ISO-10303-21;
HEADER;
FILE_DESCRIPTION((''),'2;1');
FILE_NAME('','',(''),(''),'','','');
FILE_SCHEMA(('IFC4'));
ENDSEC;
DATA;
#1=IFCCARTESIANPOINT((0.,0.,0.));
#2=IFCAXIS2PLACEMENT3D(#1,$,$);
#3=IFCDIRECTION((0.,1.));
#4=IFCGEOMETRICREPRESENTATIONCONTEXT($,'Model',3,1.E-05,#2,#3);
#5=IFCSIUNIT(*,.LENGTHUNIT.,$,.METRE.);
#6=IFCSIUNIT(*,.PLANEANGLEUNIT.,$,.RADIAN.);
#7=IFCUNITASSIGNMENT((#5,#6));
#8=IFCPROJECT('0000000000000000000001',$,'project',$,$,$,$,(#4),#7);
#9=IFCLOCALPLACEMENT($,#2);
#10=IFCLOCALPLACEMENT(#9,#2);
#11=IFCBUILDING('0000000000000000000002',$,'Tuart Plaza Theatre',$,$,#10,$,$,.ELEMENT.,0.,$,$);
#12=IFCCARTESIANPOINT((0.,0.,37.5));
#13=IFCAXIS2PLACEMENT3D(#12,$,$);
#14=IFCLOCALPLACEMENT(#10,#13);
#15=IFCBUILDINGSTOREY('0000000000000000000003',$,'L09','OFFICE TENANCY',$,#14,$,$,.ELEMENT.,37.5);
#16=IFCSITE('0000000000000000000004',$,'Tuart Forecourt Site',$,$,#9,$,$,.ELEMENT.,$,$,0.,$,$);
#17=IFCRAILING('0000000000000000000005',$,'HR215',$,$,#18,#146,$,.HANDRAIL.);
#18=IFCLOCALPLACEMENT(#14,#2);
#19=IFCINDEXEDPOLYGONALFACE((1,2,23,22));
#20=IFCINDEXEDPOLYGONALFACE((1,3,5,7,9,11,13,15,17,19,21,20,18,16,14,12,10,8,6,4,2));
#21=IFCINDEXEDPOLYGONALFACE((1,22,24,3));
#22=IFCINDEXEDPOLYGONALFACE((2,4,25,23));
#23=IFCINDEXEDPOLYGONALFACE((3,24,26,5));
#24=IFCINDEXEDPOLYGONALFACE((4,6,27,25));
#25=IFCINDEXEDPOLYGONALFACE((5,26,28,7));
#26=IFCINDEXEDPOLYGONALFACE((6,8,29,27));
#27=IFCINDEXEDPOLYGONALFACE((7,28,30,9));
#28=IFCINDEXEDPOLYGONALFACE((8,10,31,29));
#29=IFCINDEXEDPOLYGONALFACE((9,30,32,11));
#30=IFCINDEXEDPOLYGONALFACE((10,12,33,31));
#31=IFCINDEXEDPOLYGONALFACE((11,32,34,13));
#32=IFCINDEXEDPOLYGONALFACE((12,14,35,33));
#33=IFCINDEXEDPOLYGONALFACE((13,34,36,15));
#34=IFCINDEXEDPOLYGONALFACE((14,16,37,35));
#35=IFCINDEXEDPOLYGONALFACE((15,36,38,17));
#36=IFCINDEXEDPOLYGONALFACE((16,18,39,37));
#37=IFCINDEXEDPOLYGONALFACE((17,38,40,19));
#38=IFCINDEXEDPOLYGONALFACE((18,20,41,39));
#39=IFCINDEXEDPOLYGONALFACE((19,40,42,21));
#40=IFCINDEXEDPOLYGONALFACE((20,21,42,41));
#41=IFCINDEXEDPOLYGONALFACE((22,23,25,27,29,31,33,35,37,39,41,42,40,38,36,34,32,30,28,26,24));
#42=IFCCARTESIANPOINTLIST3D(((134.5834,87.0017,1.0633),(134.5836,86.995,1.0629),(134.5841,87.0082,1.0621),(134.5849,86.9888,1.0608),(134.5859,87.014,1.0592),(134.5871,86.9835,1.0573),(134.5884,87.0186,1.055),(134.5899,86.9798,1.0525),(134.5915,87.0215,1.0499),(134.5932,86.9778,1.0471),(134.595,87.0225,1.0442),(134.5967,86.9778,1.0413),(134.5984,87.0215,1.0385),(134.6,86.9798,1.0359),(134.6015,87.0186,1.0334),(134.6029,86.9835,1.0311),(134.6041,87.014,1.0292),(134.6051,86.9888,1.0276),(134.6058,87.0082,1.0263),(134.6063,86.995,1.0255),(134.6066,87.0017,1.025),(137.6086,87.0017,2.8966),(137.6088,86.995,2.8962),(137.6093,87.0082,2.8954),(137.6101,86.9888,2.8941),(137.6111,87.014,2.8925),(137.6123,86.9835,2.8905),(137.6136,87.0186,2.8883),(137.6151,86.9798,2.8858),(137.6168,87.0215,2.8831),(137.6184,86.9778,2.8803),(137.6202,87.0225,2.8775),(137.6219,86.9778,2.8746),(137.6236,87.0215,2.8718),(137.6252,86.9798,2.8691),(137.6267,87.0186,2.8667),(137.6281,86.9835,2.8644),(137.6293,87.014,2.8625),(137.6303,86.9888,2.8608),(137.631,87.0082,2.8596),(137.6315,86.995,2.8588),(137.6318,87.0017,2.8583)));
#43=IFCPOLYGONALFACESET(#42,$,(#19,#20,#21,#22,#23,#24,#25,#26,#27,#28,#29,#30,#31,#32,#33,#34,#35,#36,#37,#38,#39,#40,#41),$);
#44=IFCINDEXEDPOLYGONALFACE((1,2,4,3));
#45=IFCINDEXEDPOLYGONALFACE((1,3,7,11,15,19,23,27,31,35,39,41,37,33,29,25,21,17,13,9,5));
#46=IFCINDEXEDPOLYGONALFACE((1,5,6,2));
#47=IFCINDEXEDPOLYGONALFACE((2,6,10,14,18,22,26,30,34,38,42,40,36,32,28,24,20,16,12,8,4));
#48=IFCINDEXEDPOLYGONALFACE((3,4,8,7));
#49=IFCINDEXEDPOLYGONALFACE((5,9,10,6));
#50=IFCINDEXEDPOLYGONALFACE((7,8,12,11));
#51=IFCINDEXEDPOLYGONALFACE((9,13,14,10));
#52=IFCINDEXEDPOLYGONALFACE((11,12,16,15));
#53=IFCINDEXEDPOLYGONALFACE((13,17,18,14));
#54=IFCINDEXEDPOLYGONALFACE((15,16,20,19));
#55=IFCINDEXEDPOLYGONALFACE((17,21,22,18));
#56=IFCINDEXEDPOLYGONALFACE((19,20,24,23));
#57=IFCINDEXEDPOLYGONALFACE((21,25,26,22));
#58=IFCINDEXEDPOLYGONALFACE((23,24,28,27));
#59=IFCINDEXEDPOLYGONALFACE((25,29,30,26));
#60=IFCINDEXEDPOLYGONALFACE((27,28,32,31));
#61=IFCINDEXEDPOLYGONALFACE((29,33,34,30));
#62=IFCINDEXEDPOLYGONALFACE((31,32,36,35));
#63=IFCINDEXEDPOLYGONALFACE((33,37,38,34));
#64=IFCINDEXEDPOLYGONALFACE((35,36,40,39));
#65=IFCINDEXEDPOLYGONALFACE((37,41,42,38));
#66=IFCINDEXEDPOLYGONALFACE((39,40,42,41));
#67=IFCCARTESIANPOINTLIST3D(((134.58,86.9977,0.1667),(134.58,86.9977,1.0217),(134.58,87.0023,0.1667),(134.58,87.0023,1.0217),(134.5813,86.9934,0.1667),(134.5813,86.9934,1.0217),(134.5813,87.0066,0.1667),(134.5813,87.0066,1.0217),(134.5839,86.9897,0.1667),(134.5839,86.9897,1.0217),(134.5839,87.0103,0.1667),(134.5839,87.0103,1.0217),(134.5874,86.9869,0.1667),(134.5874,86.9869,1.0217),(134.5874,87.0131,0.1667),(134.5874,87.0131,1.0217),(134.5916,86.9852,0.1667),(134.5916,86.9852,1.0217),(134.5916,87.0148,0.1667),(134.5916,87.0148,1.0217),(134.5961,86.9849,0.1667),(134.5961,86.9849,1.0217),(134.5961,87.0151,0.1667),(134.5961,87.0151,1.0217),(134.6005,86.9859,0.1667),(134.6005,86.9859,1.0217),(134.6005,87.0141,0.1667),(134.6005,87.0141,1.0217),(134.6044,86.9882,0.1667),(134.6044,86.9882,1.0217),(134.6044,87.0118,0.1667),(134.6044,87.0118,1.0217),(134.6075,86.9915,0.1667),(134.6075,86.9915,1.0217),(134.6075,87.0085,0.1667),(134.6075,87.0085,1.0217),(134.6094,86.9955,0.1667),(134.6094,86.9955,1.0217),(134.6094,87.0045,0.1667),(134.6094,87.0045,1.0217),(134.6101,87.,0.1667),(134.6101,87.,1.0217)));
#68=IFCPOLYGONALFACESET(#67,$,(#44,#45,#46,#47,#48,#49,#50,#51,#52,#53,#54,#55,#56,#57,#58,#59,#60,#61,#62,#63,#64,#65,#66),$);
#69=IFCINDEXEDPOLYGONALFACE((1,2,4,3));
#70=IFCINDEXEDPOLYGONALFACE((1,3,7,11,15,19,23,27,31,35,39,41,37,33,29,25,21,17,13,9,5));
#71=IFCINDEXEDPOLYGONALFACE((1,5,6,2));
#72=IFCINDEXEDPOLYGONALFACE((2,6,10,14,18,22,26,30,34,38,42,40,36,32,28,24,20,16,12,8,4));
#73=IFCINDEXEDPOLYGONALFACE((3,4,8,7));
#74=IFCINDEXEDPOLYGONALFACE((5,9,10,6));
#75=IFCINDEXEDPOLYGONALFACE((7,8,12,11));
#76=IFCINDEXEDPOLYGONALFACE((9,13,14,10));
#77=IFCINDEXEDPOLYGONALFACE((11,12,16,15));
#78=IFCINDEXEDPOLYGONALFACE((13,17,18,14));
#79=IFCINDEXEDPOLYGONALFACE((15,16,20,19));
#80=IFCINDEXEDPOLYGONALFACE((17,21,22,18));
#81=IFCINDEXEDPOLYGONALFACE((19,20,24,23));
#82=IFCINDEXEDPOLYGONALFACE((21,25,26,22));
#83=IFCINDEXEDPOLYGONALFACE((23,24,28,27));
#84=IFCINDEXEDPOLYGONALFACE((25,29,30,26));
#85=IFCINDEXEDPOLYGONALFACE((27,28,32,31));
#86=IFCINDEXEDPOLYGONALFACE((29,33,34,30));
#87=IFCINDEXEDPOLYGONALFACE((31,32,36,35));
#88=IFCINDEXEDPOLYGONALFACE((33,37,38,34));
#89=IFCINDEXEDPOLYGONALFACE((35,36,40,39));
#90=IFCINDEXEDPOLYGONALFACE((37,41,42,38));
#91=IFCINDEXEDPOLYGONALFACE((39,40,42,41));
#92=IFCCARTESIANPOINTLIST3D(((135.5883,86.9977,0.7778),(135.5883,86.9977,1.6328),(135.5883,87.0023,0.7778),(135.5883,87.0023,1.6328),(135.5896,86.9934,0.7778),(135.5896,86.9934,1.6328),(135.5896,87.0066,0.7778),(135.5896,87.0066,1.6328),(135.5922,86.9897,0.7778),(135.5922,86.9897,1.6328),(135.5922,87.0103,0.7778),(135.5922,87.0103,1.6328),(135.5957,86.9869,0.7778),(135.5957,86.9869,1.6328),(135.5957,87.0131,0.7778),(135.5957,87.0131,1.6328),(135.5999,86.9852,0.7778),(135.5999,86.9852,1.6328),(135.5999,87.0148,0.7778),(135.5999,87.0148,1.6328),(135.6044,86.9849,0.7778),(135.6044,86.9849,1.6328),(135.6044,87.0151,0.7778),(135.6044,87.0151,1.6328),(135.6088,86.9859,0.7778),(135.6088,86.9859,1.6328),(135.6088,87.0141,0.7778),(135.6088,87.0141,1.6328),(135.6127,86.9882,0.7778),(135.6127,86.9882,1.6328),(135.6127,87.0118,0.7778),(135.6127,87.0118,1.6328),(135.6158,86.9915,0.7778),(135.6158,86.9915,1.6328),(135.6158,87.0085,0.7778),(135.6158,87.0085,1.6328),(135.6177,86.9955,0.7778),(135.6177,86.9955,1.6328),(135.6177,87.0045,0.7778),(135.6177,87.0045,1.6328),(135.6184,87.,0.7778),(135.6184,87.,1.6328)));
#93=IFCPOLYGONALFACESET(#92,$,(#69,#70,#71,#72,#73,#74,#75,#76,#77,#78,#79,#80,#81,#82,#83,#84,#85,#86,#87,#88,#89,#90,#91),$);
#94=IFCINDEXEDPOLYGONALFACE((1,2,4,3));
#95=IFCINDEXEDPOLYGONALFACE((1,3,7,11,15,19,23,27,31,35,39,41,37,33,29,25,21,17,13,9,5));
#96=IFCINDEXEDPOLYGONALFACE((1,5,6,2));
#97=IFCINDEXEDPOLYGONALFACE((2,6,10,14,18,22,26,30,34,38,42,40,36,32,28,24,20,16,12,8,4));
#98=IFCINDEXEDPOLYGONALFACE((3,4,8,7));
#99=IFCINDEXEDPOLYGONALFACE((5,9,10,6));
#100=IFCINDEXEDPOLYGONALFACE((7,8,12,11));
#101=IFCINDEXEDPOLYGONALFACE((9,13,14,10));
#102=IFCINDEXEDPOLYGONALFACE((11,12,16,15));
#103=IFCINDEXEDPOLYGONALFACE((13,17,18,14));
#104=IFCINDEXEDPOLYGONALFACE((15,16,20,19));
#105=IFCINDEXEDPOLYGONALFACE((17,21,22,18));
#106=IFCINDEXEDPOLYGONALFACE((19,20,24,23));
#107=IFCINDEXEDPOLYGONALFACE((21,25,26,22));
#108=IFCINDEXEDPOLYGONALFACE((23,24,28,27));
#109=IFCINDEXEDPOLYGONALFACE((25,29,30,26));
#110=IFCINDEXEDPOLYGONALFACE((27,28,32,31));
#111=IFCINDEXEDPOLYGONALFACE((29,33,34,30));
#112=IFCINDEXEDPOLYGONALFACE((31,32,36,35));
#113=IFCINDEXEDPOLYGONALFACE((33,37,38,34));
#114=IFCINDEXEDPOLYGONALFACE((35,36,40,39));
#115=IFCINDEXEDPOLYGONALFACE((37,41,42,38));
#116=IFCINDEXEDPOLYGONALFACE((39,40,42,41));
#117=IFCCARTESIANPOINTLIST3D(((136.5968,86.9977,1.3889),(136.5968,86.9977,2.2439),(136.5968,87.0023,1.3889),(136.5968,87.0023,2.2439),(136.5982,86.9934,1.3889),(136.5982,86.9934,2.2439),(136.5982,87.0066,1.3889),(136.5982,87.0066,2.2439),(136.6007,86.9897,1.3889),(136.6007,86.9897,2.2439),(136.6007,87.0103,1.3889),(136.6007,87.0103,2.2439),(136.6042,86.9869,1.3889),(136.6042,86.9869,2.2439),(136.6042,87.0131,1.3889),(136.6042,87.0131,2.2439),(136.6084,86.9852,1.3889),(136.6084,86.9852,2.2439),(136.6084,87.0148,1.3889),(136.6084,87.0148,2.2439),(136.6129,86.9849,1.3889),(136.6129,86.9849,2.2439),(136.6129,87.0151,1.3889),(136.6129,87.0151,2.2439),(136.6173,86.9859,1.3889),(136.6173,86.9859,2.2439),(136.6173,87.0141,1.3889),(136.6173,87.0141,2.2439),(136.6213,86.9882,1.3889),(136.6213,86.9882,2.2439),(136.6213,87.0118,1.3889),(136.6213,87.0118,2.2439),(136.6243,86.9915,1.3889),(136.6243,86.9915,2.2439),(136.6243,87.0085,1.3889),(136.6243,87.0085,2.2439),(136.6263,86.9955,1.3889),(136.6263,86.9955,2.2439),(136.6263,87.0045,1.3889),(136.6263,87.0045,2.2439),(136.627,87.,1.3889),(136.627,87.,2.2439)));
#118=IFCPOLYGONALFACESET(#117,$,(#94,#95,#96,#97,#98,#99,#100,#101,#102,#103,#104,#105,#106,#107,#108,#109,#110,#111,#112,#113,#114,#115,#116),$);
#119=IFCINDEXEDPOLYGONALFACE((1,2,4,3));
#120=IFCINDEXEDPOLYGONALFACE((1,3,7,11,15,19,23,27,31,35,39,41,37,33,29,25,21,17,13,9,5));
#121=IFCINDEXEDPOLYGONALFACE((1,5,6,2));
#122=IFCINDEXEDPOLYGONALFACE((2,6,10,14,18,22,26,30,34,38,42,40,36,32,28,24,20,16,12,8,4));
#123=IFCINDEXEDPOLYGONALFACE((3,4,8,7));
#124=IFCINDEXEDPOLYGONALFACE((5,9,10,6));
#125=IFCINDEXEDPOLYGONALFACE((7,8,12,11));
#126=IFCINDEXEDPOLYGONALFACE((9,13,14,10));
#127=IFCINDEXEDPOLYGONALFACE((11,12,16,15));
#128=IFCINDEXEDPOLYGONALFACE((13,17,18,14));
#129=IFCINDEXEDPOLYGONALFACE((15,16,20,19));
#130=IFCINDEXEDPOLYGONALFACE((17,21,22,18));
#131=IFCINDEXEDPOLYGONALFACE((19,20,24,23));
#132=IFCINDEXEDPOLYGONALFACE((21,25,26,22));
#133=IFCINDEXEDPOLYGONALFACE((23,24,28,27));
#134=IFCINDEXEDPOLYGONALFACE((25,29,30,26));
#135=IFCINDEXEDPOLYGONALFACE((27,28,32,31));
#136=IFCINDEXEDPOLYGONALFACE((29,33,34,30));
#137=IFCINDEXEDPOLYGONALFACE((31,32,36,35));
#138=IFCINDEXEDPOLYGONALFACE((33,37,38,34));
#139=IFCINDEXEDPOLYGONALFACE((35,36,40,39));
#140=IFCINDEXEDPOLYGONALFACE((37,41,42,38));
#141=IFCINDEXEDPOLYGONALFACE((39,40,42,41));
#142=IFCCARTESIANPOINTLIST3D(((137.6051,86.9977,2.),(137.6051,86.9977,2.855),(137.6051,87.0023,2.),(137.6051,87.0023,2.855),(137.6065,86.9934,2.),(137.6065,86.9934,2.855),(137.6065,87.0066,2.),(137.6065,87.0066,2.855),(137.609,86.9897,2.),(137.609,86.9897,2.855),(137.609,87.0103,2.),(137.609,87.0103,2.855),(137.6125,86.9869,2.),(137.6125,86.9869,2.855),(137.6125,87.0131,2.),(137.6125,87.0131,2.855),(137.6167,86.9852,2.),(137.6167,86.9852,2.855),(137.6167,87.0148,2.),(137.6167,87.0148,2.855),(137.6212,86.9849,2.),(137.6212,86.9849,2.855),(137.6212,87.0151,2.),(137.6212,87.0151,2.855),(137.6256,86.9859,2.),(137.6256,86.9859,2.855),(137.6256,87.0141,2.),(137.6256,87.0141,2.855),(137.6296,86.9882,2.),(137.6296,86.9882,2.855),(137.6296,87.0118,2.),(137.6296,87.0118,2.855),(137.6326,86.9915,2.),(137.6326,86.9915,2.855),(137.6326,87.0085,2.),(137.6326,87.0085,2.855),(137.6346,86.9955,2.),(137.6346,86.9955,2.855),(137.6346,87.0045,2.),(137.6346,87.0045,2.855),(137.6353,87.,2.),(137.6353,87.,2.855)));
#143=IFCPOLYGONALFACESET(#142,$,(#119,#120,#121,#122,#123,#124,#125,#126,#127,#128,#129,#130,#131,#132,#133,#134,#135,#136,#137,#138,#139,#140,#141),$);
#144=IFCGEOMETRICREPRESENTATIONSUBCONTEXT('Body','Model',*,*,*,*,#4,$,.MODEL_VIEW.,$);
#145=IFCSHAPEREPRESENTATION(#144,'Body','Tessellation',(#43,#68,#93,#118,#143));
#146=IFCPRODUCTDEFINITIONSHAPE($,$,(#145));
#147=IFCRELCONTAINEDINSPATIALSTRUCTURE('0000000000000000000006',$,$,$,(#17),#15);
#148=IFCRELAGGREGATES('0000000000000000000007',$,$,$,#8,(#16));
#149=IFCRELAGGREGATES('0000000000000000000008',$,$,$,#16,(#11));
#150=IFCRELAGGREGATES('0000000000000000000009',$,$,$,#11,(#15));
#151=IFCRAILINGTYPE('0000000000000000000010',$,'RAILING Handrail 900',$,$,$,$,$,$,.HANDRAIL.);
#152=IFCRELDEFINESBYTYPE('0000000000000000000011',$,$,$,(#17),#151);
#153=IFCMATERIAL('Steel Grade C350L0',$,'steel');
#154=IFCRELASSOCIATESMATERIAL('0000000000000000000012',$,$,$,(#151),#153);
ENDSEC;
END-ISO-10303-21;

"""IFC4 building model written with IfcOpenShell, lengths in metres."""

from ifc_helpers import new_model, si_unit, direction, frame, origin, origin_2d, place, context, subcontext, project, spatial, circle, extrude, material, type_object, element, save


model = new_model("IFC4")

# Units and contexts
model_context = context("Model", 3, precision=1e-05, world=origin(), true_north=direction((0.0, 1.0)))
body_context = subcontext(model_context, "Body", "Model", "MODEL_VIEW")
ifc_project = project(units=[si_unit("LENGTHUNIT", "METRE"), si_unit("PLANEANGLEUNIT", "RADIAN")], contexts=[model_context])

# Site, building, storey
site_placement = place(None, origin())
site = spatial("IfcSite", under=ifc_project, at=site_placement, Name="Tuart Forecourt Site", CompositionType="ELEMENT", RefElevation=0.0)
building_placement = place(site_placement, origin())
building = spatial("IfcBuilding", under=site, at=building_placement, Name="Tuart Plaza Theatre", CompositionType="ELEMENT", ElevationOfRefHeight=0.0)
storey_placement = place(building_placement, frame((0.0, 0.0, 37.5)))
storey = spatial("IfcBuildingStorey", under=building, at=storey_placement, Name="L09", Description="OFFICE TENANCY", CompositionType="ELEMENT", Elevation=37.5)

# Railing
ifc_material_1 = material(Name="Steel Grade C350L0", Category="steel")
railing_type_1 = type_object("IfcRailingType", Name="RAILING Handrail 900", PredefinedType="HANDRAIL", material=ifc_material_1)
for number, where, name in (
    (1, (134.595, 87.0, 0.1667), "HR215"),
):
    element("IfcRailing", number, at=place(storey_placement, frame(where)), inside=storey, type_object=railing_type_1, Name=name, PredefinedType="HANDRAIL", context=body_context, shape_type="SweptSolid", body=[
        extrude(circle(Radius=0.0225, at=origin_2d()), frame((0.0, 0.0, 0.8774), z_axis=(0.855219, 0.0, 0.518267), x_axis=(0.0, 1.0, 0.0)), (0.0, 0.0, 1.0), 3.5374),
        extrude(circle(Radius=0.0151, at=origin_2d()), origin(), (0.0, 0.0, 1.0), 0.855),
        extrude(circle(Radius=0.0151, at=origin_2d()), frame((1.0083, 0.0, 0.6111)), (0.0, 0.0, 1.0), 0.855),
        extrude(circle(Radius=0.0151, at=origin_2d()), frame((2.0168, 0.0, 1.2222)), (0.0, 0.0, 1.0), 0.855),
        extrude(circle(Radius=0.0151, at=origin_2d()), frame((3.0251, 0.0, 1.8333)), (0.0, 0.0, 1.0), 0.855),
    ])

save(model, "model.ifc")
